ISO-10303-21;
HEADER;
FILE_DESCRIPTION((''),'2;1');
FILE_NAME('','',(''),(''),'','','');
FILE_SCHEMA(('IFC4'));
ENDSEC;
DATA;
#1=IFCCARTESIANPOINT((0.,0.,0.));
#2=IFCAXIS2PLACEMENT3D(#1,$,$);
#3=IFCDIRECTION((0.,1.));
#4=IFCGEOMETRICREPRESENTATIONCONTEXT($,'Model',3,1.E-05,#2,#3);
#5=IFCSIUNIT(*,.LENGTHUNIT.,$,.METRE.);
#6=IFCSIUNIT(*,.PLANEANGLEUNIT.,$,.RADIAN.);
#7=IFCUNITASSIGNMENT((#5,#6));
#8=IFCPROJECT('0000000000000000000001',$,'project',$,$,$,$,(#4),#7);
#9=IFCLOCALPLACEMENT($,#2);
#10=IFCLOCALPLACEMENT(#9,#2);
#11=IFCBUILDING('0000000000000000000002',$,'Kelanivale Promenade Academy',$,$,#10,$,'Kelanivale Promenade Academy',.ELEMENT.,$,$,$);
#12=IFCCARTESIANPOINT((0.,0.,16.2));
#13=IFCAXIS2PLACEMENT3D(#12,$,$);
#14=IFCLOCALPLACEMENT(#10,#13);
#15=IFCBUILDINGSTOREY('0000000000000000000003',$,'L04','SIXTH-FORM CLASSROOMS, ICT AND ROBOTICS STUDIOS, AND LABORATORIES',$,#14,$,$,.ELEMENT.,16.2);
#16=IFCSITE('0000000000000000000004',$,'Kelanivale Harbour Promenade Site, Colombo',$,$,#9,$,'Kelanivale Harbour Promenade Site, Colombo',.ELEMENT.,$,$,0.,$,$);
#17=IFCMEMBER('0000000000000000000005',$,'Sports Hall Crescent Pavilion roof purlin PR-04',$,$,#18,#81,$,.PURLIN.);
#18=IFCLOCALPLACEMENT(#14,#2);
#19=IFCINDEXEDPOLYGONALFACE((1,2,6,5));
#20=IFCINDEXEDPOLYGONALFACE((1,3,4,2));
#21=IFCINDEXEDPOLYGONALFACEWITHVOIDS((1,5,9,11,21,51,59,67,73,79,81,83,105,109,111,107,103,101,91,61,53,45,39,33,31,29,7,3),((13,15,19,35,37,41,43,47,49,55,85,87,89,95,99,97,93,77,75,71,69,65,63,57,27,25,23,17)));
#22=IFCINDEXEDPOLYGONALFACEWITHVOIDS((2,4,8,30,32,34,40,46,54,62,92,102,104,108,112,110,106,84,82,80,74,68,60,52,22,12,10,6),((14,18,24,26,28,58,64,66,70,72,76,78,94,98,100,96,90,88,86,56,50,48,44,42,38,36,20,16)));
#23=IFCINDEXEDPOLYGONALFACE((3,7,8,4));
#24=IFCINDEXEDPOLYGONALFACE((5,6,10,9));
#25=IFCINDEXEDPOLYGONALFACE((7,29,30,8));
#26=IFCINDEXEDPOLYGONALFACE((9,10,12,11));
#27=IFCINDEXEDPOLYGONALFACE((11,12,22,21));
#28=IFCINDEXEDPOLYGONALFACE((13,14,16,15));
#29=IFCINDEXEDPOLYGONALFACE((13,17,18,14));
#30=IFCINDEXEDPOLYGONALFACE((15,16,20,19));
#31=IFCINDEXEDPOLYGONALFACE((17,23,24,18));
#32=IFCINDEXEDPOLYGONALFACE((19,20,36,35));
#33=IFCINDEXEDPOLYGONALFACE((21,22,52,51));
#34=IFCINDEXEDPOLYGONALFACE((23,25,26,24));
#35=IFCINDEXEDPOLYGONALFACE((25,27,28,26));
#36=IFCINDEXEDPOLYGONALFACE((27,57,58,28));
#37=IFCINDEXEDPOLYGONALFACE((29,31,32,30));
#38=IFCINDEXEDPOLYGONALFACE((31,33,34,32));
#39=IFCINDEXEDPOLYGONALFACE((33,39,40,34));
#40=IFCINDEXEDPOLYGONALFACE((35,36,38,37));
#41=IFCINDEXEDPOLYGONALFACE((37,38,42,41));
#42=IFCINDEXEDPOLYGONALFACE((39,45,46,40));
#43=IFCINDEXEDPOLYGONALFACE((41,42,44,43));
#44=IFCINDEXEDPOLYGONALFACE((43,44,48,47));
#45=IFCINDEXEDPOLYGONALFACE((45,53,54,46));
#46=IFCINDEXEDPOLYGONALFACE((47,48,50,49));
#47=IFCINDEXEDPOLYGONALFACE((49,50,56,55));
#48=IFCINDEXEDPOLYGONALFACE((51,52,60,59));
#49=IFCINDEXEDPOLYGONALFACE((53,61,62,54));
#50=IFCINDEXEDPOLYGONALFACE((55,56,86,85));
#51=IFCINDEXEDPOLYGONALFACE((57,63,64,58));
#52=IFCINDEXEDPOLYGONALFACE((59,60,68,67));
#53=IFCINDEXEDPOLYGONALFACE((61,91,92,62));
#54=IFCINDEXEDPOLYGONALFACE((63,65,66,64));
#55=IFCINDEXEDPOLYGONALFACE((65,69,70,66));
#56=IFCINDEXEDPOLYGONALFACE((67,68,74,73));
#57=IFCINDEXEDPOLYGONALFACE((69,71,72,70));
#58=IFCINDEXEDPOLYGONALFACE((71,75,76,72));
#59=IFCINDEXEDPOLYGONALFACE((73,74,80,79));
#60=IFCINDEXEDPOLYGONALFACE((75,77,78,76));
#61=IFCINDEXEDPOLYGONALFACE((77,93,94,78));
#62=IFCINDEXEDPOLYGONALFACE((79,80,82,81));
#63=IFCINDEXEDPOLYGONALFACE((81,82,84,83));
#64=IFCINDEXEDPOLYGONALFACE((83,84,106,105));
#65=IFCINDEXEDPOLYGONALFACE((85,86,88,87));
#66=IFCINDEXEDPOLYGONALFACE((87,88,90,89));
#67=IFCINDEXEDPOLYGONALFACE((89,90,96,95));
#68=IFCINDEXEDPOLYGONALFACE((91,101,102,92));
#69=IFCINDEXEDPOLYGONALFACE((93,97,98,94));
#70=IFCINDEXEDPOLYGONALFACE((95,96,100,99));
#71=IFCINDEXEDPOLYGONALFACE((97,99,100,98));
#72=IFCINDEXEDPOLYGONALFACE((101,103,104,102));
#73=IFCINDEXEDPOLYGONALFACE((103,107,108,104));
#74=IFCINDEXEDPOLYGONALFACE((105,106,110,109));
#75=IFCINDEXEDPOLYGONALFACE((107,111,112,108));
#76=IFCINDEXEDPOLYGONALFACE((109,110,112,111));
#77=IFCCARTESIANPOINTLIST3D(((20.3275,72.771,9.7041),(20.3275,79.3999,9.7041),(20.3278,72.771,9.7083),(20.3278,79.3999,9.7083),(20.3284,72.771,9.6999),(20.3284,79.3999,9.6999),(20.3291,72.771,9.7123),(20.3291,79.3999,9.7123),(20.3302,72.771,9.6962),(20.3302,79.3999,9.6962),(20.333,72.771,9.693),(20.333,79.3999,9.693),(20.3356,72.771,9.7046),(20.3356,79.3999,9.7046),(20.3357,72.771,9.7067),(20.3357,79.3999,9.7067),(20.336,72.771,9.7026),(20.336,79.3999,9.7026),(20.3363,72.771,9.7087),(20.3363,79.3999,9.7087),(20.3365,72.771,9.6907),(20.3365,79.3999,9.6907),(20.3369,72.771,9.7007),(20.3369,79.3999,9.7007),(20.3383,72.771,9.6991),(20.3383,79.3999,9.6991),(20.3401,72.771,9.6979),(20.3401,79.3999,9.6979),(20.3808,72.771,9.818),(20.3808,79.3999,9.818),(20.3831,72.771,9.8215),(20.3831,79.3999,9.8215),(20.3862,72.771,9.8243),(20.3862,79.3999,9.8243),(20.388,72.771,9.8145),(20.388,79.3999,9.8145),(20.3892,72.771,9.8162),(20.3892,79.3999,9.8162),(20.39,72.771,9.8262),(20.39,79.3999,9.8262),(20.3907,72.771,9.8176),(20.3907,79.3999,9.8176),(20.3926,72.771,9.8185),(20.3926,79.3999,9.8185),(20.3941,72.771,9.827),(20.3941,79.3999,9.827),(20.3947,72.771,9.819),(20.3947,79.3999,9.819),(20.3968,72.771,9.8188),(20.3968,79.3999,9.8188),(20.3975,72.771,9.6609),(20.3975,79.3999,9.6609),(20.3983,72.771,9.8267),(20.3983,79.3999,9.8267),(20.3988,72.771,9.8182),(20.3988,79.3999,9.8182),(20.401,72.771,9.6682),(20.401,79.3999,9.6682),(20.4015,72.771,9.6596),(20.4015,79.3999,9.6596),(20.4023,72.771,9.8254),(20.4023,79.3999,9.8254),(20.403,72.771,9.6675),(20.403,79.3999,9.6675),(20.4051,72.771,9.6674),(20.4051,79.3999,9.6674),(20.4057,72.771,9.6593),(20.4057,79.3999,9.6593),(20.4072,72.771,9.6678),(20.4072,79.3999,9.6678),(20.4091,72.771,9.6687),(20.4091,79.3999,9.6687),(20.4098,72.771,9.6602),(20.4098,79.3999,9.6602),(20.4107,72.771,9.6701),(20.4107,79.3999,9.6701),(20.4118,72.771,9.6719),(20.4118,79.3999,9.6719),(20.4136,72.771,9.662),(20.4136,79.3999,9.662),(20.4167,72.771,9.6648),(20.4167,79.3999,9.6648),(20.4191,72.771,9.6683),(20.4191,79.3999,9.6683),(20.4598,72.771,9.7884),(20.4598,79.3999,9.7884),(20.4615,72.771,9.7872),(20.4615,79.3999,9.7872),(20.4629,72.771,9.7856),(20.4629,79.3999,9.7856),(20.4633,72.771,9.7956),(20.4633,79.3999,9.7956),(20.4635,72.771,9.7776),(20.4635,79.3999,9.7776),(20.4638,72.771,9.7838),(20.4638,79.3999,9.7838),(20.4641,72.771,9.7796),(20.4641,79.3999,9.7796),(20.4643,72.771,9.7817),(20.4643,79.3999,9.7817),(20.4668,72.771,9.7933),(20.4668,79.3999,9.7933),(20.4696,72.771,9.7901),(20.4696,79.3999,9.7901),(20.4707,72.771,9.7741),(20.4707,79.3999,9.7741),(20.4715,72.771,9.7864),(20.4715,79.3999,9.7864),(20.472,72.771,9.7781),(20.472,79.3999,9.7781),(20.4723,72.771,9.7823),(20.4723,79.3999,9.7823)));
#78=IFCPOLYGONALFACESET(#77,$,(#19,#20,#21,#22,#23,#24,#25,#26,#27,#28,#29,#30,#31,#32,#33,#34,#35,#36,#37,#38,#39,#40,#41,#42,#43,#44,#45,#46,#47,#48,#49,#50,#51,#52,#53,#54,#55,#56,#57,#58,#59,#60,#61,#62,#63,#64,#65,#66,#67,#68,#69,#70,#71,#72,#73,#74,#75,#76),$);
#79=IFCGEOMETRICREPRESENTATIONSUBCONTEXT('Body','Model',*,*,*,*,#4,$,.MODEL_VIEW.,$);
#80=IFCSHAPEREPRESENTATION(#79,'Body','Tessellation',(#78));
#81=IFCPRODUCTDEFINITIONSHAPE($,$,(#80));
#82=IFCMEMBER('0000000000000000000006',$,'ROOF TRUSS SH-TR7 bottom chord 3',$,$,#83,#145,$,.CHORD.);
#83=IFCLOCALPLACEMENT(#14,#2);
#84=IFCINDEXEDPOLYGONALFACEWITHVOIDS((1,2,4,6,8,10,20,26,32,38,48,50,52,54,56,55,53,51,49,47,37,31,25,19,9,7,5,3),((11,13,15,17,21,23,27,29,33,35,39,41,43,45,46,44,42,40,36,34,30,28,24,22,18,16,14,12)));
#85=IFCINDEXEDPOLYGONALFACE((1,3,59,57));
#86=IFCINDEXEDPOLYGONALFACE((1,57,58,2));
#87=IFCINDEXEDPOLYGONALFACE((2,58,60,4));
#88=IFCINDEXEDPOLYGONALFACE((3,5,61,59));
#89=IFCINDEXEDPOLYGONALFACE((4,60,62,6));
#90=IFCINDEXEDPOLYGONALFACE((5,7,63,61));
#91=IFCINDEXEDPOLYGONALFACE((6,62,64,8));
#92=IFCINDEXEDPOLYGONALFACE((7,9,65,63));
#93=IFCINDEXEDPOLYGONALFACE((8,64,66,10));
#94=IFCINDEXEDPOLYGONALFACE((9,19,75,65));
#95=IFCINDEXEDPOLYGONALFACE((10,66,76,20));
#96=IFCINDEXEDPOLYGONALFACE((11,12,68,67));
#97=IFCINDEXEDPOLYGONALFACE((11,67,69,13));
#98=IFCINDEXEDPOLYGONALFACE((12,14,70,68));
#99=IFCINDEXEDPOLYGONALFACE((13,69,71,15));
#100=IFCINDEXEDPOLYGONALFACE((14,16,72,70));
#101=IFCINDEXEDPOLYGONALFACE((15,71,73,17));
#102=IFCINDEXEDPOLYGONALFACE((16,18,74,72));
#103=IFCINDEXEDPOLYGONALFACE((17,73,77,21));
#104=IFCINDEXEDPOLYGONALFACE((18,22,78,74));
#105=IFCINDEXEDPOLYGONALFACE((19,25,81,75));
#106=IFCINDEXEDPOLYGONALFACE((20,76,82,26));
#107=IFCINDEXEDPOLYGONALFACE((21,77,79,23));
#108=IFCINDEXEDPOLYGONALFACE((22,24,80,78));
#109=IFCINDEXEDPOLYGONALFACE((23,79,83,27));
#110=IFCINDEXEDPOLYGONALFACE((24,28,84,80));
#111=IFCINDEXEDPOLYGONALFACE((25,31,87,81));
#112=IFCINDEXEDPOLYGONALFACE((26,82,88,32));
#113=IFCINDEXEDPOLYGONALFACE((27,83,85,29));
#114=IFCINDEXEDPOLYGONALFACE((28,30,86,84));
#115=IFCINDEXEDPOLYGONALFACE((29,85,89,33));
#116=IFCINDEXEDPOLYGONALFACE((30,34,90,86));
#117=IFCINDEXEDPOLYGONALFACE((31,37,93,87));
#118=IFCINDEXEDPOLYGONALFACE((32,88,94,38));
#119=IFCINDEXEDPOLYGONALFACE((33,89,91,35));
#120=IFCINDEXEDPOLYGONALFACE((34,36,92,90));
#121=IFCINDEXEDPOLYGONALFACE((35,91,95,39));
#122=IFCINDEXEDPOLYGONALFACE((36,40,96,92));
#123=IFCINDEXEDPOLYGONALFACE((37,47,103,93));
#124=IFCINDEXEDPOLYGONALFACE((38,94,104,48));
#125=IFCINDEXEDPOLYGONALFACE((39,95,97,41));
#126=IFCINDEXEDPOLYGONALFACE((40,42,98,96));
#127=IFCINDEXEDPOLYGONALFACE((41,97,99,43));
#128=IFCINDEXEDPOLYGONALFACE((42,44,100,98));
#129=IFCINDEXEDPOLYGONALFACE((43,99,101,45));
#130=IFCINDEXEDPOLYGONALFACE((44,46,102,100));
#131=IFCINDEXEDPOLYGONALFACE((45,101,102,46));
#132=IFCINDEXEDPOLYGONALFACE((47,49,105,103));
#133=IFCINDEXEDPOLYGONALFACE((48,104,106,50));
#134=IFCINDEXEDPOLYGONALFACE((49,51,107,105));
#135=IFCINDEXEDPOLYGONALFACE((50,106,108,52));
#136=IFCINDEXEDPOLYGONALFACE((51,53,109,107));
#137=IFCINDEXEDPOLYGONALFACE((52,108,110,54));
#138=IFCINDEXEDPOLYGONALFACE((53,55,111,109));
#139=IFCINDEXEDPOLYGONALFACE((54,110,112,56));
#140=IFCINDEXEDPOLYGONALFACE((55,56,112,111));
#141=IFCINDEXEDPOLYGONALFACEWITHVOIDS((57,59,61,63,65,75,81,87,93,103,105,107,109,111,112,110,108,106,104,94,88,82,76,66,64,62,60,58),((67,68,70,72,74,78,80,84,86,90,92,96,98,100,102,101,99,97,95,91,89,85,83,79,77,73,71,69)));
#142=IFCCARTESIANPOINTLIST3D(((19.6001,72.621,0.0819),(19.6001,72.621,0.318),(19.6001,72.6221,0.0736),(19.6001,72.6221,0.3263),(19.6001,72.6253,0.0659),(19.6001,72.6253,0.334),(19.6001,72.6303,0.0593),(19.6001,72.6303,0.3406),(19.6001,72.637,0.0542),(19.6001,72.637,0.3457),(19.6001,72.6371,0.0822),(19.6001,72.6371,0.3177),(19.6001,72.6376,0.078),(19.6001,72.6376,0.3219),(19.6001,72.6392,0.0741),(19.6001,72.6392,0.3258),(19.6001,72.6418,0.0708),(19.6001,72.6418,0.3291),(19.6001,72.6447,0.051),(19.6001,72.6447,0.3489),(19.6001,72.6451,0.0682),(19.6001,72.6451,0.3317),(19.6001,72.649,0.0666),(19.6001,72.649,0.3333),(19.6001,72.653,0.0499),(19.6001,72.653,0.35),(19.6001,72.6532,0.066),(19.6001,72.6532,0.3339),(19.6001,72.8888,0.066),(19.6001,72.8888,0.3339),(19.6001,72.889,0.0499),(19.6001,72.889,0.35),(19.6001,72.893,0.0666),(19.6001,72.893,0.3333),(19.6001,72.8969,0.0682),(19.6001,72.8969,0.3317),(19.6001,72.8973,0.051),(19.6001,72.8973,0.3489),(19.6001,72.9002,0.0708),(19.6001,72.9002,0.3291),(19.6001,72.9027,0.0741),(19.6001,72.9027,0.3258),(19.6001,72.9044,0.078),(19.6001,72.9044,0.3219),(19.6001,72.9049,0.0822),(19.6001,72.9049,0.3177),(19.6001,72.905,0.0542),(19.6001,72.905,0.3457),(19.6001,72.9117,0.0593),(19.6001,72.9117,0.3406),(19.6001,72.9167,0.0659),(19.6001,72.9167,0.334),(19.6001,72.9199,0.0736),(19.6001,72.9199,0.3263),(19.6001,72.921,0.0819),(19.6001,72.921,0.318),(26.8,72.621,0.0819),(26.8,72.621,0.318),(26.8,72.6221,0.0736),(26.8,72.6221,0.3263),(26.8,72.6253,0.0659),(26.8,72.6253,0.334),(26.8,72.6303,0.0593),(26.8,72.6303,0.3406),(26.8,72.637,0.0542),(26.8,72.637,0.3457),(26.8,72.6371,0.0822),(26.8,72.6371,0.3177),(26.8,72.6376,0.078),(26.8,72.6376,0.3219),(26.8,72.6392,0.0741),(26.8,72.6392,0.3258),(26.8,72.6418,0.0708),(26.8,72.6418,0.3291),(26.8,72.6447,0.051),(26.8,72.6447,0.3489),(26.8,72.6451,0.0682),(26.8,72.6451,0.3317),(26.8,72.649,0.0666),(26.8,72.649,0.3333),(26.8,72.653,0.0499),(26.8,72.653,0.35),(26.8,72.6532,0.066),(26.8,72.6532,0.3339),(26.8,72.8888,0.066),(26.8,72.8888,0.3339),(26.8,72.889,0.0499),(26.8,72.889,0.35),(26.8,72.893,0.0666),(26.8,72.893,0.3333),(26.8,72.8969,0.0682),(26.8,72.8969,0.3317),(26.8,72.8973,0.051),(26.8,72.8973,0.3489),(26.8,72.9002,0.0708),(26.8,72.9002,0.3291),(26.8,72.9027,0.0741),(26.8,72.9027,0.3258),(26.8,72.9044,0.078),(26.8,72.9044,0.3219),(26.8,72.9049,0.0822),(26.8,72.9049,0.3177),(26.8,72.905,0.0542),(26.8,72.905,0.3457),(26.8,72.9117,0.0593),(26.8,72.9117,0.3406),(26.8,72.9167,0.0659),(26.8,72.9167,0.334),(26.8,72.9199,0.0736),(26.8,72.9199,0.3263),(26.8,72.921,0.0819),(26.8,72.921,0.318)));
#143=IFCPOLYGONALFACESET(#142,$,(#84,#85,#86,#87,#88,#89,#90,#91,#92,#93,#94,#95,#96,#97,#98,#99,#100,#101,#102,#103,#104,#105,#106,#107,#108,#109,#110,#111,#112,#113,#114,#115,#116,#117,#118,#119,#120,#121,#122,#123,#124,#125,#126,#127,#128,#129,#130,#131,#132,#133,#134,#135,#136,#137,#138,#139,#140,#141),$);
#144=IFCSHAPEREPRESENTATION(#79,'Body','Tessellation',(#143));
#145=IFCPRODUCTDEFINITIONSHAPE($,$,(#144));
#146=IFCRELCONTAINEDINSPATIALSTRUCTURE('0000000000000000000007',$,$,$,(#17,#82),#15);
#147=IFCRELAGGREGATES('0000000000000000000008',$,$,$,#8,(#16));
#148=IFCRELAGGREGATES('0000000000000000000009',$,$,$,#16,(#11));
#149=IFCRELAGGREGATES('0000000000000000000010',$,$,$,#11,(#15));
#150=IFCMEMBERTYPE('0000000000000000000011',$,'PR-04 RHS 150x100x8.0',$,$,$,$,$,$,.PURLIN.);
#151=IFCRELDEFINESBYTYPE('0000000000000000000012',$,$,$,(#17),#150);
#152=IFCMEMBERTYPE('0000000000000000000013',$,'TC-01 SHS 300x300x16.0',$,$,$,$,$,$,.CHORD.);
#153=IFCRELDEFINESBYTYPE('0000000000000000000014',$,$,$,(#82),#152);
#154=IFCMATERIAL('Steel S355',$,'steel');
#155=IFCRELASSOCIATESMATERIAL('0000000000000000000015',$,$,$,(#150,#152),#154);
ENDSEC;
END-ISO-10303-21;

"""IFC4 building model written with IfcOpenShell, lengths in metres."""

from ifc_helpers import new_model, si_unit, direction, frame, origin, origin_2d, place, context, subcontext, project, spatial, hollow_rectangle, extrude, material, material_profile, profile_set, type_object, element, save


model = new_model("IFC4")

# Units and contexts
model_context = context("Model", 3, precision=1e-05, world=origin(), true_north=direction((0.0, 1.0)))
body_context = subcontext(model_context, "Body", "Model", "MODEL_VIEW")
ifc_project = project(units=[si_unit("LENGTHUNIT", "METRE"), si_unit("PLANEANGLEUNIT", "RADIAN")], contexts=[model_context])

# Site, building, storey
site_placement = place(None, origin())
site = spatial("IfcSite", under=ifc_project, at=site_placement, Name="Kelanivale Harbour Promenade Site, Colombo", LongName="Kelanivale Harbour Promenade Site, Colombo", CompositionType="ELEMENT", RefElevation=0.0)
building_placement = place(site_placement, origin())
building = spatial("IfcBuilding", under=site, at=building_placement, Name="Kelanivale Promenade Academy", LongName="Kelanivale Promenade Academy", CompositionType="ELEMENT")
storey_placement = place(building_placement, frame((0.0, 0.0, 16.2)))
storey = spatial("IfcBuildingStorey", under=building, at=storey_placement, Name="L04", Description="SIXTH-FORM CLASSROOMS, ICT AND ROBOTICS STUDIOS, AND LABORATORIES", CompositionType="ELEMENT", Elevation=16.2)

# Members
ifc_material_1 = material(Name="Steel S355", Category="steel")
ifc_material_profile_1 = material_profile(ifc_material_1, hollow_rectangle(XDim=0.1001, YDim=0.1499, WallThickness=0.0081, InnerFilletRadius=0.0081, OuterFilletRadius=0.0161, at=origin_2d()), Name="RHS 150x100x8.0")
ifc_profile_set_1 = profile_set([ifc_material_profile_1], Name="Steel S355")
member_type_1 = type_object("IfcMemberType", Name="PR-04 RHS 150x100x8.0", PredefinedType="PURLIN", material=ifc_profile_set_1)
member_1_placement = place(storey_placement, frame((20.3999, 72.771, 9.7432), z_axis=(0.0, 1.0, 0.0), x_axis=(-0.898564, 0.0, 0.438842)))
element("IfcMember", 1, at=member_1_placement, inside=storey, type_object=member_type_1, Name="Sports Hall Crescent Pavilion roof purlin PR-04", PredefinedType="PURLIN", context=body_context, shape_type="SweptSolid", body=[
    extrude(hollow_rectangle(XDim=0.1001, YDim=0.1499, WallThickness=0.0081, InnerFilletRadius=0.0081, OuterFilletRadius=0.0161, at=origin_2d()), origin(), (0.0, 0.0, 1.0), 6.6289),
])
ifc_material_profile_2 = material_profile(ifc_material_1, hollow_rectangle(XDim=0.3, YDim=0.3, WallThickness=0.0161, InnerFilletRadius=0.0161, OuterFilletRadius=0.032, at=origin_2d()), Name="SHS 300x300x16.0")
ifc_profile_set_2 = profile_set([ifc_material_profile_2], Name="Steel S355")
member_type_2 = type_object("IfcMemberType", Name="TC-01 SHS 300x300x16.0", PredefinedType="CHORD", material=ifc_profile_set_2)
for number, where, z_axis, x_axis, name in (
    (2, (19.6001, 72.771, 0.2), (1.0, 0.0, 0.0), (0.0, 1.0, 0.0), "ROOF TRUSS SH-TR7 bottom chord 3"),
):
    element("IfcMember", number, at=place(storey_placement, frame(where, z_axis=z_axis, x_axis=x_axis)), inside=storey, type_object=member_type_2, Name=name, PredefinedType="CHORD", context=body_context, shape_type="SweptSolid", body=[
        extrude(hollow_rectangle(XDim=0.3, YDim=0.3, WallThickness=0.0161, InnerFilletRadius=0.0161, OuterFilletRadius=0.032, at=origin_2d()), origin(), (0.0, 0.0, 1.0), 7.2),
    ])

save(model, "model.ifc")
